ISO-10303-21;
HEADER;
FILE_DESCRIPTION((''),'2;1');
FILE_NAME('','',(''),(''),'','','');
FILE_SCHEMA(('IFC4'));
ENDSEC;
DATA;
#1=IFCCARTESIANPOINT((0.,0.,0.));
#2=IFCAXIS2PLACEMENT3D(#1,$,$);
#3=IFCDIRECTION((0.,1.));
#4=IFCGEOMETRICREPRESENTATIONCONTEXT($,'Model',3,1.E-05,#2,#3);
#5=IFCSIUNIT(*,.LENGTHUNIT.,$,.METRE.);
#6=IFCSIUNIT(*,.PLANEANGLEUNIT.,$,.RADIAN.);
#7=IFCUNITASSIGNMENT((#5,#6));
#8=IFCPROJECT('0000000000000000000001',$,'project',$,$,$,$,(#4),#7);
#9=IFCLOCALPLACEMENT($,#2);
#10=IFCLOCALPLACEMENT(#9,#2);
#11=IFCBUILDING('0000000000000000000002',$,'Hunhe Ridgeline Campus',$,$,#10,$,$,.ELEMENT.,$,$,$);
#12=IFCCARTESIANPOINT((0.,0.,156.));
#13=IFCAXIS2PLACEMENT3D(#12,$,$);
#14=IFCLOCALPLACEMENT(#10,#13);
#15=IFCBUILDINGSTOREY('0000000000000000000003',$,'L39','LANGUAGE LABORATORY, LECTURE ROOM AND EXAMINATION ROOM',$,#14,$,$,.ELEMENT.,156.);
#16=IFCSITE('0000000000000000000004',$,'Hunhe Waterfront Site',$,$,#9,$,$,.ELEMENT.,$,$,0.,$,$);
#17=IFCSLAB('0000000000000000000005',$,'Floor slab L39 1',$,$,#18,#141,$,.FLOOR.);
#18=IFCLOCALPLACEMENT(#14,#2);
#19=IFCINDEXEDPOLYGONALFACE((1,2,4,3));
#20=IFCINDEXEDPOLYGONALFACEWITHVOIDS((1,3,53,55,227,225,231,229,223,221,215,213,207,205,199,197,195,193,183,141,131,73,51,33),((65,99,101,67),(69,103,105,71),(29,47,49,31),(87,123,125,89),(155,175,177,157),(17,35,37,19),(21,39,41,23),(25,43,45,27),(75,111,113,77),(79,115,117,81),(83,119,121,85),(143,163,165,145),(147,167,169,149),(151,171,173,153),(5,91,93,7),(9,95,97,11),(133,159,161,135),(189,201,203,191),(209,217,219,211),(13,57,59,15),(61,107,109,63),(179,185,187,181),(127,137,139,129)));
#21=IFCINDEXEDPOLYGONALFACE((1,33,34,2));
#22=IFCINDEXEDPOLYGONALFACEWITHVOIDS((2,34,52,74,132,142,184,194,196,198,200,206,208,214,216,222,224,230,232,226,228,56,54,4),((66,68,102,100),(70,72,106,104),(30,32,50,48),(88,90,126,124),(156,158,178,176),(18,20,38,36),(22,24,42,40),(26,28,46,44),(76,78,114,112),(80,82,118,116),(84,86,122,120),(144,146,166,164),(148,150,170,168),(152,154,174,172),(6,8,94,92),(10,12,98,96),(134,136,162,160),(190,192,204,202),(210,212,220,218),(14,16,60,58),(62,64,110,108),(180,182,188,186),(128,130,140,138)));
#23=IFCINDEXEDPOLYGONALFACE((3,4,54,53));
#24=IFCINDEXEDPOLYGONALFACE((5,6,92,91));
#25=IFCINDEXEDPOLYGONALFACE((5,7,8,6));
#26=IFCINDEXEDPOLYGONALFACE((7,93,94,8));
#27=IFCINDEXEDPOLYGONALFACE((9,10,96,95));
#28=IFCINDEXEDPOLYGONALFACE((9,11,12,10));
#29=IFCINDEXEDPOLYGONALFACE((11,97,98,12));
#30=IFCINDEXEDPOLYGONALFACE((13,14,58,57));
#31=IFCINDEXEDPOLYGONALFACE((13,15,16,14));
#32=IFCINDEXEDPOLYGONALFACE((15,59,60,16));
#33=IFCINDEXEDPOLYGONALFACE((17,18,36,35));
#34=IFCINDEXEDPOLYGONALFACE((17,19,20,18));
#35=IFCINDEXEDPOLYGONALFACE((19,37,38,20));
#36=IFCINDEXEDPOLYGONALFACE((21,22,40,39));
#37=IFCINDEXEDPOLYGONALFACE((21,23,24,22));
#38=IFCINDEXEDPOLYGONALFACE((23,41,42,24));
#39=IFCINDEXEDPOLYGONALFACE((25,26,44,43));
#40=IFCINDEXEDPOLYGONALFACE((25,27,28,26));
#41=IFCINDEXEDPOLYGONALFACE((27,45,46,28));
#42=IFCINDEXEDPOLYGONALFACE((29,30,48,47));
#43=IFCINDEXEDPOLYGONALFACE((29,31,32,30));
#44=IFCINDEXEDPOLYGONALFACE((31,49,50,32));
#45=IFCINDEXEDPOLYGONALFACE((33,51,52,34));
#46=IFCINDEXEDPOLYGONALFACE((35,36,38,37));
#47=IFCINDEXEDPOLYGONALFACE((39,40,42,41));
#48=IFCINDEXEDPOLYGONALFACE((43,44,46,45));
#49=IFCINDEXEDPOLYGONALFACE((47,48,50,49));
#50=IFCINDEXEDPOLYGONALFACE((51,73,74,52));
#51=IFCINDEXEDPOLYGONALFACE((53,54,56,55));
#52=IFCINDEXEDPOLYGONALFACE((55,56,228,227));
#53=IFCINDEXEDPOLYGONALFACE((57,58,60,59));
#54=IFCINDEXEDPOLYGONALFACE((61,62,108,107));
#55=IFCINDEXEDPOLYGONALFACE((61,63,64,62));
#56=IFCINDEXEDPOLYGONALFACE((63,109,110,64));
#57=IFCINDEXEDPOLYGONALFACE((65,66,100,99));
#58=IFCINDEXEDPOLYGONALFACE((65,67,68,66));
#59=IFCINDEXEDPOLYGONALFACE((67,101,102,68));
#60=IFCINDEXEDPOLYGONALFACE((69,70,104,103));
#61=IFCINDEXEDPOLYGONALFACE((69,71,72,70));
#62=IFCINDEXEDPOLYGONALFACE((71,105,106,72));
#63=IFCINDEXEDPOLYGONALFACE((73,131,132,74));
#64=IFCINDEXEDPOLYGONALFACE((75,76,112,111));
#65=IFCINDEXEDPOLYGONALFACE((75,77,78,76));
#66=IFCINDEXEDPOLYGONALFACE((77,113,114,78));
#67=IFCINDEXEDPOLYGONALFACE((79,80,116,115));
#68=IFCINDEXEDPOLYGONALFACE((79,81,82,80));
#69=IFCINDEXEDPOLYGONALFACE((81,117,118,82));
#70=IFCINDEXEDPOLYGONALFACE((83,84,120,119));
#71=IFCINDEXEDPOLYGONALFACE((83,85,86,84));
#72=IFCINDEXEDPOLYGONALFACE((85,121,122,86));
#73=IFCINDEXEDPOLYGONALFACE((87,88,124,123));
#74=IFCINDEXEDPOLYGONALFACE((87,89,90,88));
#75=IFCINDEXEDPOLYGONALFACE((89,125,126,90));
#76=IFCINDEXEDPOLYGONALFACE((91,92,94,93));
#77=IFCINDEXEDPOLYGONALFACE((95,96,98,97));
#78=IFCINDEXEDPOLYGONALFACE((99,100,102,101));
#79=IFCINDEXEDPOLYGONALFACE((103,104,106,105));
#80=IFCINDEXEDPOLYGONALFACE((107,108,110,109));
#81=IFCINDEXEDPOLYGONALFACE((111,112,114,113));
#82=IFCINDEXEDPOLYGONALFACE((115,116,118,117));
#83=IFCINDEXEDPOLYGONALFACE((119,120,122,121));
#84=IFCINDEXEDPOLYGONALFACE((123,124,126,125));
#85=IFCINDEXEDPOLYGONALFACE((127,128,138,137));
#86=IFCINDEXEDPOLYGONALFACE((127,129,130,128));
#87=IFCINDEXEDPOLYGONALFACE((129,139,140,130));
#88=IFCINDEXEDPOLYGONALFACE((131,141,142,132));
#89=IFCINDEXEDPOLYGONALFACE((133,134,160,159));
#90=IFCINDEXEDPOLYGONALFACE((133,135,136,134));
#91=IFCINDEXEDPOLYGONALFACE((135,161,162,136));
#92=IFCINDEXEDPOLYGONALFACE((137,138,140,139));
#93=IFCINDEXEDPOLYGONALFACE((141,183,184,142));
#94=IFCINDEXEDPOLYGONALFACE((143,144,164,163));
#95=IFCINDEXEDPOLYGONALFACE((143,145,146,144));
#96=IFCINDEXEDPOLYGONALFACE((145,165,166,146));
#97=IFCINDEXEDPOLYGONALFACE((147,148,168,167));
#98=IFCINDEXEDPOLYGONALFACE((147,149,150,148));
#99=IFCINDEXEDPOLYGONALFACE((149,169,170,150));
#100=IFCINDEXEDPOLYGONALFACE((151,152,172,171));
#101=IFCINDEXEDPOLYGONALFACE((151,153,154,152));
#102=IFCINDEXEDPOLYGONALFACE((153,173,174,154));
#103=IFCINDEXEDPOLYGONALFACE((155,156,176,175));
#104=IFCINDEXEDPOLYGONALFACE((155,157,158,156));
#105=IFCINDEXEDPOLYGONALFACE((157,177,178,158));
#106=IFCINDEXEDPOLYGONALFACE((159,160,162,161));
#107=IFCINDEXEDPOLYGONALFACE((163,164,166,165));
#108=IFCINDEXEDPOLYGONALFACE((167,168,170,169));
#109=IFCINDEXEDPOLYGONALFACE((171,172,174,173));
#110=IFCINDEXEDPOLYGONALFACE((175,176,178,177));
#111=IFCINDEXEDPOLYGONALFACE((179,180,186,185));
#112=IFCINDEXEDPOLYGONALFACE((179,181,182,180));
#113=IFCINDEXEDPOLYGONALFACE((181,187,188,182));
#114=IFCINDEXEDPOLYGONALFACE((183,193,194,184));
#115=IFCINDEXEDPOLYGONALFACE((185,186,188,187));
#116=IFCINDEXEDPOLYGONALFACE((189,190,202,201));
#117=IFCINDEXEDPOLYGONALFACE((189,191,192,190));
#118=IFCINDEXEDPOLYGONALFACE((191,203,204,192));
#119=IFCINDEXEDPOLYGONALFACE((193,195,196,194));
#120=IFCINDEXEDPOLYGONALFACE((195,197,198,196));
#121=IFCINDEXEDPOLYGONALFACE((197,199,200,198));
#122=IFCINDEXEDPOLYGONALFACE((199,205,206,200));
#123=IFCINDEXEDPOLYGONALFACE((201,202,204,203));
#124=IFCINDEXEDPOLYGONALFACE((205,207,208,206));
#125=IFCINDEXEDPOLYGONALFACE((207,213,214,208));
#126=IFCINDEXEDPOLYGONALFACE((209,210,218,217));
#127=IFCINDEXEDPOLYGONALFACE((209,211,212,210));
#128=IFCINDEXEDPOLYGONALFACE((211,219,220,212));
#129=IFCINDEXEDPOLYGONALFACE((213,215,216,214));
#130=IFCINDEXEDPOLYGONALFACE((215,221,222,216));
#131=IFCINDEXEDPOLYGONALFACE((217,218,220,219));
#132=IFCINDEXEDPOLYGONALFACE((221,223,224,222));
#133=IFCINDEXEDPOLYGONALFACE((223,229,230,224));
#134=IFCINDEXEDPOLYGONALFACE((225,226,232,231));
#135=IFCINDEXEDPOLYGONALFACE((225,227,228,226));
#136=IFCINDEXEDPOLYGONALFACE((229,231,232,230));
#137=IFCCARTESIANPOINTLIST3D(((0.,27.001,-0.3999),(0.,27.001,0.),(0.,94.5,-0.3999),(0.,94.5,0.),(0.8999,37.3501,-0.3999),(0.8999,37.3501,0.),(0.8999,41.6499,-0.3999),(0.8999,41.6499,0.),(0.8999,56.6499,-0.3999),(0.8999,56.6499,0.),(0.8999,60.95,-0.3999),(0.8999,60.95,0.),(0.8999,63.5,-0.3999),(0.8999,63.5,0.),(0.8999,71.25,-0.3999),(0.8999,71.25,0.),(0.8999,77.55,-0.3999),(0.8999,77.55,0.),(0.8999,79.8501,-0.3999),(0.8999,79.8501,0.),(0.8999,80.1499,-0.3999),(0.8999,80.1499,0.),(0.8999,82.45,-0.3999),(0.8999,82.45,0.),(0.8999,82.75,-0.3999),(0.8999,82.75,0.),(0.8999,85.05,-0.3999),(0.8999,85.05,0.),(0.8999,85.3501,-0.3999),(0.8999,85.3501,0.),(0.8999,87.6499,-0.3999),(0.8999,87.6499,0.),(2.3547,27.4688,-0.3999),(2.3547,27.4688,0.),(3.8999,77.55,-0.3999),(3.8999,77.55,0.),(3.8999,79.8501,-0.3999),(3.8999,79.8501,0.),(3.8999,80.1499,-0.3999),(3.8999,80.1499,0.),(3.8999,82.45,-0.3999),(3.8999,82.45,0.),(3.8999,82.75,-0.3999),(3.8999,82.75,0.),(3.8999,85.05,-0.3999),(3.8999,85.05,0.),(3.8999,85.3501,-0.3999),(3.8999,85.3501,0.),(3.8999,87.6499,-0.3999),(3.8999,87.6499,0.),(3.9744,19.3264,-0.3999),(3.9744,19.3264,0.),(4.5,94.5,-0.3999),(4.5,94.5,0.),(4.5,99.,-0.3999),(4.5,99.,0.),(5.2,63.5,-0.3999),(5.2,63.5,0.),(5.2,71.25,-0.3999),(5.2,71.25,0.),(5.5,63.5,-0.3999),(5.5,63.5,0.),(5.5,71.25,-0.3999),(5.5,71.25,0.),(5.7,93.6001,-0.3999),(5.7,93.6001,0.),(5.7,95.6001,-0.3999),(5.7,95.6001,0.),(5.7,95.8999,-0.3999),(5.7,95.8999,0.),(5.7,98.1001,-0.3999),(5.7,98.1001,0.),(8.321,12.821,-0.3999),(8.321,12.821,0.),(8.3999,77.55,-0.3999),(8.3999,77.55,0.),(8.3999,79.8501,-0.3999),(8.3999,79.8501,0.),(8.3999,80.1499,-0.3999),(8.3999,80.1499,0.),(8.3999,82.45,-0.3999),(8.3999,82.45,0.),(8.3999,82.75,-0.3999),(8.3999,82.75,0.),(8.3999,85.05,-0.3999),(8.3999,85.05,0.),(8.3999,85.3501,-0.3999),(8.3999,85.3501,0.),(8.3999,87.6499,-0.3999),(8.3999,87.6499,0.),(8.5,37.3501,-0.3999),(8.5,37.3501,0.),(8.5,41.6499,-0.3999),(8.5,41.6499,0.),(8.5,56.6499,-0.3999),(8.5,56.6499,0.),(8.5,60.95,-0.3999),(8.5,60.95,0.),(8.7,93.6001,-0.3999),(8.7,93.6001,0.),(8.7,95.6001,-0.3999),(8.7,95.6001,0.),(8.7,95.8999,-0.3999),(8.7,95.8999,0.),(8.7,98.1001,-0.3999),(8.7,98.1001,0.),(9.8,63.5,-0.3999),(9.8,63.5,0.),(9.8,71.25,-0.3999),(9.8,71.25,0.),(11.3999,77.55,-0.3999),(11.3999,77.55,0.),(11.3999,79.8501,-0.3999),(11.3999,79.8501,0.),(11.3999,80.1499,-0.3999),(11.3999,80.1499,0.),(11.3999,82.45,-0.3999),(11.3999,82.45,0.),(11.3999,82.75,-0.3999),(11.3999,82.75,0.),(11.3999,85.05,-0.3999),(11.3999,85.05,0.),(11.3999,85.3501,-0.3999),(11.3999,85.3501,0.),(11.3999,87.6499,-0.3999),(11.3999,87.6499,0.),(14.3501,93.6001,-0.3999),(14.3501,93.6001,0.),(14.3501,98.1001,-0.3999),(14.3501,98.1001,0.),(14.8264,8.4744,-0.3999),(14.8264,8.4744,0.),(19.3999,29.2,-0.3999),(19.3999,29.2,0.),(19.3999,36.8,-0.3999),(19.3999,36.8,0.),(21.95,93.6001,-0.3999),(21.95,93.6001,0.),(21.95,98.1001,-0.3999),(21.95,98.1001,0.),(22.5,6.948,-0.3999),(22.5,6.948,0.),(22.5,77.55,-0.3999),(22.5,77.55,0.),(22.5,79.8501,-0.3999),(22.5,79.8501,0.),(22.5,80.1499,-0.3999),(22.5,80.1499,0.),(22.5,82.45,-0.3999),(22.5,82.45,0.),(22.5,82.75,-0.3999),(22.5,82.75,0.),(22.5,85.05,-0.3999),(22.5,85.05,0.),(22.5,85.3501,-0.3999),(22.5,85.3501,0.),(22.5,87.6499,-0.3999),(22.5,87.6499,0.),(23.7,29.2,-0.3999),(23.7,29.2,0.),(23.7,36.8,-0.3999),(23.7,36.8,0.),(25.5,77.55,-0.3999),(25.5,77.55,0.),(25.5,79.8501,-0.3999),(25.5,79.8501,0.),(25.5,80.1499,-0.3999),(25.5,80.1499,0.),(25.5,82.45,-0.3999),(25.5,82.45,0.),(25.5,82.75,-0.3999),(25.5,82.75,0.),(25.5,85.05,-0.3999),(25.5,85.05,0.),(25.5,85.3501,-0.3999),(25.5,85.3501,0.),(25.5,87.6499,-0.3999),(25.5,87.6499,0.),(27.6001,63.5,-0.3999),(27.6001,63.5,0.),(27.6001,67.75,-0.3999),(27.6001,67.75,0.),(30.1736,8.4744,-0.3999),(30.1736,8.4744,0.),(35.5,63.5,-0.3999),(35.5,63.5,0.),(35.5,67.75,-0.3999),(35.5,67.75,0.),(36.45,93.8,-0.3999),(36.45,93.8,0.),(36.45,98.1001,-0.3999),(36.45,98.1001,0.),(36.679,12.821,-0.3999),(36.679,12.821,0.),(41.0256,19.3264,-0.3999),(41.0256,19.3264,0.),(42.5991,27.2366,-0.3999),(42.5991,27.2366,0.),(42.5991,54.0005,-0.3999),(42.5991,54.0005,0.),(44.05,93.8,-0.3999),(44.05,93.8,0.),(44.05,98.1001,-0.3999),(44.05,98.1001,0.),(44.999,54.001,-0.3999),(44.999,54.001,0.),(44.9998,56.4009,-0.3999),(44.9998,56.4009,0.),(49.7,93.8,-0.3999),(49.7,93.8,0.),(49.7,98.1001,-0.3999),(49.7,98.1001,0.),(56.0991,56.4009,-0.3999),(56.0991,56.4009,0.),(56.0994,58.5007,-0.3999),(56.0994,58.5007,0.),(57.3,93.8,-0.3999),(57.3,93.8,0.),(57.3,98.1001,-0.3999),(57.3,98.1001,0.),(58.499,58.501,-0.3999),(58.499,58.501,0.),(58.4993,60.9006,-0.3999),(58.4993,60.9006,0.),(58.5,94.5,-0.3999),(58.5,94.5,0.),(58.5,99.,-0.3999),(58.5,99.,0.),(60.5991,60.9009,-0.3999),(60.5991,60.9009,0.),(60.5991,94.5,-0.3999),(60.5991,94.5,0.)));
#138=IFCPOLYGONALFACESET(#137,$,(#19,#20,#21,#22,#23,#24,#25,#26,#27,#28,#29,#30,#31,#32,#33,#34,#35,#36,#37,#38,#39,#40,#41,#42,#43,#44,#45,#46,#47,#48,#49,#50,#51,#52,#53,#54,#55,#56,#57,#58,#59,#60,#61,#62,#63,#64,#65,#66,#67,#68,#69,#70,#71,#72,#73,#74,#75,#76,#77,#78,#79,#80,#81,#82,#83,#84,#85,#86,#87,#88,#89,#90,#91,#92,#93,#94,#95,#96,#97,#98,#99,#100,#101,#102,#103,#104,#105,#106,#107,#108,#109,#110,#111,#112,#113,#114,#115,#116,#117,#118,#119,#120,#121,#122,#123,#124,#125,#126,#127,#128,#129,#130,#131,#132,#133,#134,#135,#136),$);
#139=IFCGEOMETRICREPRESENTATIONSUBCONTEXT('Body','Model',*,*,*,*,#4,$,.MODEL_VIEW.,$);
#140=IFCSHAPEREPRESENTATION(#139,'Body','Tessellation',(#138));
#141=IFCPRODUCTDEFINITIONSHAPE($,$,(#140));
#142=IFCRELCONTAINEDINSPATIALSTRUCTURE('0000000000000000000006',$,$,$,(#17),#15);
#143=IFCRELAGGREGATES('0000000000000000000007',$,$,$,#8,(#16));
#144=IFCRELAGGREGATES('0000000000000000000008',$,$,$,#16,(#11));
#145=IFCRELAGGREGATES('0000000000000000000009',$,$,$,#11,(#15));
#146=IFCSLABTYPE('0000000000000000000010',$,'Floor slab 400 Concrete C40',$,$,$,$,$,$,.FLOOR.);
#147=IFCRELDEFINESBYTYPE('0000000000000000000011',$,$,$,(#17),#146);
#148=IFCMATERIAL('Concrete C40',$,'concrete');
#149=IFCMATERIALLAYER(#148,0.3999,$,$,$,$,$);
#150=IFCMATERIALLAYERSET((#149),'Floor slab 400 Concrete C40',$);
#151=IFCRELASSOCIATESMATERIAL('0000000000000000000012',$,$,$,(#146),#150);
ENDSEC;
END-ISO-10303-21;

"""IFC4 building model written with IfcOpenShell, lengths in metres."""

from ifc_helpers import new_model, si_unit, direction, frame, origin, place, context, subcontext, project, spatial, polyline, outline, extrude, material, layer, layer_set, type_object, element, save


model = new_model("IFC4")

# Units and contexts
model_context = context("Model", 3, precision=1e-05, world=origin(), true_north=direction((0.0, 1.0)))
body_context = subcontext(model_context, "Body", "Model", "MODEL_VIEW")
ifc_project = project(units=[si_unit("LENGTHUNIT", "METRE"), si_unit("PLANEANGLEUNIT", "RADIAN")], contexts=[model_context])

# Site, building, storey
site_placement = place(None, origin())
site = spatial("IfcSite", under=ifc_project, at=site_placement, Name="Hunhe Waterfront Site", CompositionType="ELEMENT", RefElevation=0.0)
building_placement = place(site_placement, origin())
building = spatial("IfcBuilding", under=site, at=building_placement, Name="Hunhe Ridgeline Campus", CompositionType="ELEMENT")
storey_placement = place(building_placement, frame((0.0, 0.0, 156.0)))
storey = spatial("IfcBuildingStorey", under=building, at=storey_placement, Name="L39", Description="LANGUAGE LABORATORY, LECTURE ROOM AND EXAMINATION ROOM", CompositionType="ELEMENT", Elevation=156.0)

# Slab
ifc_material_1 = material(Name="Concrete C40", Category="concrete")
ifc_layer_1 = layer(ifc_material_1, 0.3999)
ifc_layer_set_1 = layer_set([ifc_layer_1], Name="Floor slab 400 Concrete C40")
slab_type_1 = type_object("IfcSlabType", Name="Floor slab 400 Concrete C40", PredefinedType="FLOOR", material=ifc_layer_set_1)
slab_1_placement = place(storey_placement, frame((0.0, 0.0, -0.3999)))
element("IfcSlab", 1, at=slab_1_placement, inside=storey, type_object=slab_type_1, Name="Floor slab L39 1", PredefinedType="FLOOR", context=body_context, shape_type="SweptSolid", body=[
    extrude(outline(polyline([(2.3547, 27.4688), (3.9744, 19.3264), (8.321, 12.821), (14.8264, 8.4744), (22.5, 6.948), (30.1736, 8.4744), (36.679, 12.821), (41.0256, 19.3264), (42.5991, 27.2366), (42.5991, 54.0005), (44.999, 54.001), (44.9998, 56.4009), (56.0991, 56.4009), (56.0994, 58.5007), (58.499, 58.501), (58.4993, 60.9006), (60.5991, 60.9009), (60.5991, 94.5), (58.5, 94.5), (58.5, 99.0), (4.5, 99.0), (4.5, 94.5), (0.0, 94.5), (0.0, 27.001), (2.3547, 27.4688)]), holes=[polyline([(49.7, 93.8), (57.3, 93.8), (57.3, 98.1001), (49.7, 98.1001), (49.7, 93.8)]), polyline([(44.05, 93.8), (44.05, 98.1001), (36.45, 98.1001), (36.45, 93.8), (44.05, 93.8)]), polyline([(35.5, 67.75), (27.6001, 67.75), (27.6001, 63.5), (35.5, 63.5), (35.5, 67.75)]), polyline([(25.5, 82.75), (25.5, 85.05), (22.5, 85.05), (22.5, 82.75), (25.5, 82.75)]), polyline([(25.5, 82.45), (22.5, 82.45), (22.5, 80.1499), (25.5, 80.1499), (25.5, 82.45)]), polyline([(22.5, 85.3501), (25.5, 85.3501), (25.5, 87.6499), (22.5, 87.6499), (22.5, 85.3501)]), polyline([(22.5, 79.8501), (22.5, 77.55), (25.5, 77.55), (25.5, 79.8501), (22.5, 79.8501)]), polyline([(19.3999, 29.2), (23.7, 29.2), (23.7, 36.8), (19.3999, 36.8), (19.3999, 29.2)]), polyline([(21.95, 93.6001), (21.95, 98.1001), (14.3501, 98.1001), (14.3501, 93.6001), (21.95, 93.6001)]), polyline([(8.3999, 79.8501), (8.3999, 77.55), (11.3999, 77.55), (11.3999, 79.8501), (8.3999, 79.8501)]), polyline([(8.3999, 85.3501), (11.3999, 85.3501), (11.3999, 87.6499), (8.3999, 87.6499), (8.3999, 85.3501)]), polyline([(11.3999, 82.45), (8.3999, 82.45), (8.3999, 80.1499), (11.3999, 80.1499), (11.3999, 82.45)]), polyline([(11.3999, 82.75), (11.3999, 85.05), (8.3999, 85.05), (8.3999, 82.75), (11.3999, 82.75)]), polyline([(5.5, 71.25), (5.5, 63.5), (9.8, 63.5), (9.8, 71.25), (5.5, 71.25)]), polyline([(8.7, 98.1001), (5.7, 98.1001), (5.7, 95.8999), (8.7, 95.8999), (8.7, 98.1001)]), polyline([(5.7, 95.6001), (5.7, 93.6001), (8.7, 93.6001), (8.7, 95.6001), (5.7, 95.6001)]), polyline([(0.8999, 60.95), (0.8999, 56.6499), (8.5, 56.6499), (8.5, 60.95), (0.8999, 60.95)]), polyline([(0.8999, 37.3501), (8.5, 37.3501), (8.5, 41.6499), (0.8999, 41.6499), (0.8999, 37.3501)]), polyline([(0.8999, 63.5), (5.2, 63.5), (5.2, 71.25), (0.8999, 71.25), (0.8999, 63.5)]), polyline([(3.8999, 82.75), (3.8999, 85.05), (0.8999, 85.05), (0.8999, 82.75), (3.8999, 82.75)]), polyline([(3.8999, 82.45), (0.8999, 82.45), (0.8999, 80.1499), (3.8999, 80.1499), (3.8999, 82.45)]), polyline([(0.8999, 85.3501), (3.8999, 85.3501), (3.8999, 87.6499), (0.8999, 87.6499), (0.8999, 85.3501)]), polyline([(0.8999, 79.8501), (0.8999, 77.55), (3.8999, 77.55), (3.8999, 79.8501), (0.8999, 79.8501)])]), origin(), (0.0, 0.0, 1.0), 0.3999),
])

save(model, "model.ifc")
